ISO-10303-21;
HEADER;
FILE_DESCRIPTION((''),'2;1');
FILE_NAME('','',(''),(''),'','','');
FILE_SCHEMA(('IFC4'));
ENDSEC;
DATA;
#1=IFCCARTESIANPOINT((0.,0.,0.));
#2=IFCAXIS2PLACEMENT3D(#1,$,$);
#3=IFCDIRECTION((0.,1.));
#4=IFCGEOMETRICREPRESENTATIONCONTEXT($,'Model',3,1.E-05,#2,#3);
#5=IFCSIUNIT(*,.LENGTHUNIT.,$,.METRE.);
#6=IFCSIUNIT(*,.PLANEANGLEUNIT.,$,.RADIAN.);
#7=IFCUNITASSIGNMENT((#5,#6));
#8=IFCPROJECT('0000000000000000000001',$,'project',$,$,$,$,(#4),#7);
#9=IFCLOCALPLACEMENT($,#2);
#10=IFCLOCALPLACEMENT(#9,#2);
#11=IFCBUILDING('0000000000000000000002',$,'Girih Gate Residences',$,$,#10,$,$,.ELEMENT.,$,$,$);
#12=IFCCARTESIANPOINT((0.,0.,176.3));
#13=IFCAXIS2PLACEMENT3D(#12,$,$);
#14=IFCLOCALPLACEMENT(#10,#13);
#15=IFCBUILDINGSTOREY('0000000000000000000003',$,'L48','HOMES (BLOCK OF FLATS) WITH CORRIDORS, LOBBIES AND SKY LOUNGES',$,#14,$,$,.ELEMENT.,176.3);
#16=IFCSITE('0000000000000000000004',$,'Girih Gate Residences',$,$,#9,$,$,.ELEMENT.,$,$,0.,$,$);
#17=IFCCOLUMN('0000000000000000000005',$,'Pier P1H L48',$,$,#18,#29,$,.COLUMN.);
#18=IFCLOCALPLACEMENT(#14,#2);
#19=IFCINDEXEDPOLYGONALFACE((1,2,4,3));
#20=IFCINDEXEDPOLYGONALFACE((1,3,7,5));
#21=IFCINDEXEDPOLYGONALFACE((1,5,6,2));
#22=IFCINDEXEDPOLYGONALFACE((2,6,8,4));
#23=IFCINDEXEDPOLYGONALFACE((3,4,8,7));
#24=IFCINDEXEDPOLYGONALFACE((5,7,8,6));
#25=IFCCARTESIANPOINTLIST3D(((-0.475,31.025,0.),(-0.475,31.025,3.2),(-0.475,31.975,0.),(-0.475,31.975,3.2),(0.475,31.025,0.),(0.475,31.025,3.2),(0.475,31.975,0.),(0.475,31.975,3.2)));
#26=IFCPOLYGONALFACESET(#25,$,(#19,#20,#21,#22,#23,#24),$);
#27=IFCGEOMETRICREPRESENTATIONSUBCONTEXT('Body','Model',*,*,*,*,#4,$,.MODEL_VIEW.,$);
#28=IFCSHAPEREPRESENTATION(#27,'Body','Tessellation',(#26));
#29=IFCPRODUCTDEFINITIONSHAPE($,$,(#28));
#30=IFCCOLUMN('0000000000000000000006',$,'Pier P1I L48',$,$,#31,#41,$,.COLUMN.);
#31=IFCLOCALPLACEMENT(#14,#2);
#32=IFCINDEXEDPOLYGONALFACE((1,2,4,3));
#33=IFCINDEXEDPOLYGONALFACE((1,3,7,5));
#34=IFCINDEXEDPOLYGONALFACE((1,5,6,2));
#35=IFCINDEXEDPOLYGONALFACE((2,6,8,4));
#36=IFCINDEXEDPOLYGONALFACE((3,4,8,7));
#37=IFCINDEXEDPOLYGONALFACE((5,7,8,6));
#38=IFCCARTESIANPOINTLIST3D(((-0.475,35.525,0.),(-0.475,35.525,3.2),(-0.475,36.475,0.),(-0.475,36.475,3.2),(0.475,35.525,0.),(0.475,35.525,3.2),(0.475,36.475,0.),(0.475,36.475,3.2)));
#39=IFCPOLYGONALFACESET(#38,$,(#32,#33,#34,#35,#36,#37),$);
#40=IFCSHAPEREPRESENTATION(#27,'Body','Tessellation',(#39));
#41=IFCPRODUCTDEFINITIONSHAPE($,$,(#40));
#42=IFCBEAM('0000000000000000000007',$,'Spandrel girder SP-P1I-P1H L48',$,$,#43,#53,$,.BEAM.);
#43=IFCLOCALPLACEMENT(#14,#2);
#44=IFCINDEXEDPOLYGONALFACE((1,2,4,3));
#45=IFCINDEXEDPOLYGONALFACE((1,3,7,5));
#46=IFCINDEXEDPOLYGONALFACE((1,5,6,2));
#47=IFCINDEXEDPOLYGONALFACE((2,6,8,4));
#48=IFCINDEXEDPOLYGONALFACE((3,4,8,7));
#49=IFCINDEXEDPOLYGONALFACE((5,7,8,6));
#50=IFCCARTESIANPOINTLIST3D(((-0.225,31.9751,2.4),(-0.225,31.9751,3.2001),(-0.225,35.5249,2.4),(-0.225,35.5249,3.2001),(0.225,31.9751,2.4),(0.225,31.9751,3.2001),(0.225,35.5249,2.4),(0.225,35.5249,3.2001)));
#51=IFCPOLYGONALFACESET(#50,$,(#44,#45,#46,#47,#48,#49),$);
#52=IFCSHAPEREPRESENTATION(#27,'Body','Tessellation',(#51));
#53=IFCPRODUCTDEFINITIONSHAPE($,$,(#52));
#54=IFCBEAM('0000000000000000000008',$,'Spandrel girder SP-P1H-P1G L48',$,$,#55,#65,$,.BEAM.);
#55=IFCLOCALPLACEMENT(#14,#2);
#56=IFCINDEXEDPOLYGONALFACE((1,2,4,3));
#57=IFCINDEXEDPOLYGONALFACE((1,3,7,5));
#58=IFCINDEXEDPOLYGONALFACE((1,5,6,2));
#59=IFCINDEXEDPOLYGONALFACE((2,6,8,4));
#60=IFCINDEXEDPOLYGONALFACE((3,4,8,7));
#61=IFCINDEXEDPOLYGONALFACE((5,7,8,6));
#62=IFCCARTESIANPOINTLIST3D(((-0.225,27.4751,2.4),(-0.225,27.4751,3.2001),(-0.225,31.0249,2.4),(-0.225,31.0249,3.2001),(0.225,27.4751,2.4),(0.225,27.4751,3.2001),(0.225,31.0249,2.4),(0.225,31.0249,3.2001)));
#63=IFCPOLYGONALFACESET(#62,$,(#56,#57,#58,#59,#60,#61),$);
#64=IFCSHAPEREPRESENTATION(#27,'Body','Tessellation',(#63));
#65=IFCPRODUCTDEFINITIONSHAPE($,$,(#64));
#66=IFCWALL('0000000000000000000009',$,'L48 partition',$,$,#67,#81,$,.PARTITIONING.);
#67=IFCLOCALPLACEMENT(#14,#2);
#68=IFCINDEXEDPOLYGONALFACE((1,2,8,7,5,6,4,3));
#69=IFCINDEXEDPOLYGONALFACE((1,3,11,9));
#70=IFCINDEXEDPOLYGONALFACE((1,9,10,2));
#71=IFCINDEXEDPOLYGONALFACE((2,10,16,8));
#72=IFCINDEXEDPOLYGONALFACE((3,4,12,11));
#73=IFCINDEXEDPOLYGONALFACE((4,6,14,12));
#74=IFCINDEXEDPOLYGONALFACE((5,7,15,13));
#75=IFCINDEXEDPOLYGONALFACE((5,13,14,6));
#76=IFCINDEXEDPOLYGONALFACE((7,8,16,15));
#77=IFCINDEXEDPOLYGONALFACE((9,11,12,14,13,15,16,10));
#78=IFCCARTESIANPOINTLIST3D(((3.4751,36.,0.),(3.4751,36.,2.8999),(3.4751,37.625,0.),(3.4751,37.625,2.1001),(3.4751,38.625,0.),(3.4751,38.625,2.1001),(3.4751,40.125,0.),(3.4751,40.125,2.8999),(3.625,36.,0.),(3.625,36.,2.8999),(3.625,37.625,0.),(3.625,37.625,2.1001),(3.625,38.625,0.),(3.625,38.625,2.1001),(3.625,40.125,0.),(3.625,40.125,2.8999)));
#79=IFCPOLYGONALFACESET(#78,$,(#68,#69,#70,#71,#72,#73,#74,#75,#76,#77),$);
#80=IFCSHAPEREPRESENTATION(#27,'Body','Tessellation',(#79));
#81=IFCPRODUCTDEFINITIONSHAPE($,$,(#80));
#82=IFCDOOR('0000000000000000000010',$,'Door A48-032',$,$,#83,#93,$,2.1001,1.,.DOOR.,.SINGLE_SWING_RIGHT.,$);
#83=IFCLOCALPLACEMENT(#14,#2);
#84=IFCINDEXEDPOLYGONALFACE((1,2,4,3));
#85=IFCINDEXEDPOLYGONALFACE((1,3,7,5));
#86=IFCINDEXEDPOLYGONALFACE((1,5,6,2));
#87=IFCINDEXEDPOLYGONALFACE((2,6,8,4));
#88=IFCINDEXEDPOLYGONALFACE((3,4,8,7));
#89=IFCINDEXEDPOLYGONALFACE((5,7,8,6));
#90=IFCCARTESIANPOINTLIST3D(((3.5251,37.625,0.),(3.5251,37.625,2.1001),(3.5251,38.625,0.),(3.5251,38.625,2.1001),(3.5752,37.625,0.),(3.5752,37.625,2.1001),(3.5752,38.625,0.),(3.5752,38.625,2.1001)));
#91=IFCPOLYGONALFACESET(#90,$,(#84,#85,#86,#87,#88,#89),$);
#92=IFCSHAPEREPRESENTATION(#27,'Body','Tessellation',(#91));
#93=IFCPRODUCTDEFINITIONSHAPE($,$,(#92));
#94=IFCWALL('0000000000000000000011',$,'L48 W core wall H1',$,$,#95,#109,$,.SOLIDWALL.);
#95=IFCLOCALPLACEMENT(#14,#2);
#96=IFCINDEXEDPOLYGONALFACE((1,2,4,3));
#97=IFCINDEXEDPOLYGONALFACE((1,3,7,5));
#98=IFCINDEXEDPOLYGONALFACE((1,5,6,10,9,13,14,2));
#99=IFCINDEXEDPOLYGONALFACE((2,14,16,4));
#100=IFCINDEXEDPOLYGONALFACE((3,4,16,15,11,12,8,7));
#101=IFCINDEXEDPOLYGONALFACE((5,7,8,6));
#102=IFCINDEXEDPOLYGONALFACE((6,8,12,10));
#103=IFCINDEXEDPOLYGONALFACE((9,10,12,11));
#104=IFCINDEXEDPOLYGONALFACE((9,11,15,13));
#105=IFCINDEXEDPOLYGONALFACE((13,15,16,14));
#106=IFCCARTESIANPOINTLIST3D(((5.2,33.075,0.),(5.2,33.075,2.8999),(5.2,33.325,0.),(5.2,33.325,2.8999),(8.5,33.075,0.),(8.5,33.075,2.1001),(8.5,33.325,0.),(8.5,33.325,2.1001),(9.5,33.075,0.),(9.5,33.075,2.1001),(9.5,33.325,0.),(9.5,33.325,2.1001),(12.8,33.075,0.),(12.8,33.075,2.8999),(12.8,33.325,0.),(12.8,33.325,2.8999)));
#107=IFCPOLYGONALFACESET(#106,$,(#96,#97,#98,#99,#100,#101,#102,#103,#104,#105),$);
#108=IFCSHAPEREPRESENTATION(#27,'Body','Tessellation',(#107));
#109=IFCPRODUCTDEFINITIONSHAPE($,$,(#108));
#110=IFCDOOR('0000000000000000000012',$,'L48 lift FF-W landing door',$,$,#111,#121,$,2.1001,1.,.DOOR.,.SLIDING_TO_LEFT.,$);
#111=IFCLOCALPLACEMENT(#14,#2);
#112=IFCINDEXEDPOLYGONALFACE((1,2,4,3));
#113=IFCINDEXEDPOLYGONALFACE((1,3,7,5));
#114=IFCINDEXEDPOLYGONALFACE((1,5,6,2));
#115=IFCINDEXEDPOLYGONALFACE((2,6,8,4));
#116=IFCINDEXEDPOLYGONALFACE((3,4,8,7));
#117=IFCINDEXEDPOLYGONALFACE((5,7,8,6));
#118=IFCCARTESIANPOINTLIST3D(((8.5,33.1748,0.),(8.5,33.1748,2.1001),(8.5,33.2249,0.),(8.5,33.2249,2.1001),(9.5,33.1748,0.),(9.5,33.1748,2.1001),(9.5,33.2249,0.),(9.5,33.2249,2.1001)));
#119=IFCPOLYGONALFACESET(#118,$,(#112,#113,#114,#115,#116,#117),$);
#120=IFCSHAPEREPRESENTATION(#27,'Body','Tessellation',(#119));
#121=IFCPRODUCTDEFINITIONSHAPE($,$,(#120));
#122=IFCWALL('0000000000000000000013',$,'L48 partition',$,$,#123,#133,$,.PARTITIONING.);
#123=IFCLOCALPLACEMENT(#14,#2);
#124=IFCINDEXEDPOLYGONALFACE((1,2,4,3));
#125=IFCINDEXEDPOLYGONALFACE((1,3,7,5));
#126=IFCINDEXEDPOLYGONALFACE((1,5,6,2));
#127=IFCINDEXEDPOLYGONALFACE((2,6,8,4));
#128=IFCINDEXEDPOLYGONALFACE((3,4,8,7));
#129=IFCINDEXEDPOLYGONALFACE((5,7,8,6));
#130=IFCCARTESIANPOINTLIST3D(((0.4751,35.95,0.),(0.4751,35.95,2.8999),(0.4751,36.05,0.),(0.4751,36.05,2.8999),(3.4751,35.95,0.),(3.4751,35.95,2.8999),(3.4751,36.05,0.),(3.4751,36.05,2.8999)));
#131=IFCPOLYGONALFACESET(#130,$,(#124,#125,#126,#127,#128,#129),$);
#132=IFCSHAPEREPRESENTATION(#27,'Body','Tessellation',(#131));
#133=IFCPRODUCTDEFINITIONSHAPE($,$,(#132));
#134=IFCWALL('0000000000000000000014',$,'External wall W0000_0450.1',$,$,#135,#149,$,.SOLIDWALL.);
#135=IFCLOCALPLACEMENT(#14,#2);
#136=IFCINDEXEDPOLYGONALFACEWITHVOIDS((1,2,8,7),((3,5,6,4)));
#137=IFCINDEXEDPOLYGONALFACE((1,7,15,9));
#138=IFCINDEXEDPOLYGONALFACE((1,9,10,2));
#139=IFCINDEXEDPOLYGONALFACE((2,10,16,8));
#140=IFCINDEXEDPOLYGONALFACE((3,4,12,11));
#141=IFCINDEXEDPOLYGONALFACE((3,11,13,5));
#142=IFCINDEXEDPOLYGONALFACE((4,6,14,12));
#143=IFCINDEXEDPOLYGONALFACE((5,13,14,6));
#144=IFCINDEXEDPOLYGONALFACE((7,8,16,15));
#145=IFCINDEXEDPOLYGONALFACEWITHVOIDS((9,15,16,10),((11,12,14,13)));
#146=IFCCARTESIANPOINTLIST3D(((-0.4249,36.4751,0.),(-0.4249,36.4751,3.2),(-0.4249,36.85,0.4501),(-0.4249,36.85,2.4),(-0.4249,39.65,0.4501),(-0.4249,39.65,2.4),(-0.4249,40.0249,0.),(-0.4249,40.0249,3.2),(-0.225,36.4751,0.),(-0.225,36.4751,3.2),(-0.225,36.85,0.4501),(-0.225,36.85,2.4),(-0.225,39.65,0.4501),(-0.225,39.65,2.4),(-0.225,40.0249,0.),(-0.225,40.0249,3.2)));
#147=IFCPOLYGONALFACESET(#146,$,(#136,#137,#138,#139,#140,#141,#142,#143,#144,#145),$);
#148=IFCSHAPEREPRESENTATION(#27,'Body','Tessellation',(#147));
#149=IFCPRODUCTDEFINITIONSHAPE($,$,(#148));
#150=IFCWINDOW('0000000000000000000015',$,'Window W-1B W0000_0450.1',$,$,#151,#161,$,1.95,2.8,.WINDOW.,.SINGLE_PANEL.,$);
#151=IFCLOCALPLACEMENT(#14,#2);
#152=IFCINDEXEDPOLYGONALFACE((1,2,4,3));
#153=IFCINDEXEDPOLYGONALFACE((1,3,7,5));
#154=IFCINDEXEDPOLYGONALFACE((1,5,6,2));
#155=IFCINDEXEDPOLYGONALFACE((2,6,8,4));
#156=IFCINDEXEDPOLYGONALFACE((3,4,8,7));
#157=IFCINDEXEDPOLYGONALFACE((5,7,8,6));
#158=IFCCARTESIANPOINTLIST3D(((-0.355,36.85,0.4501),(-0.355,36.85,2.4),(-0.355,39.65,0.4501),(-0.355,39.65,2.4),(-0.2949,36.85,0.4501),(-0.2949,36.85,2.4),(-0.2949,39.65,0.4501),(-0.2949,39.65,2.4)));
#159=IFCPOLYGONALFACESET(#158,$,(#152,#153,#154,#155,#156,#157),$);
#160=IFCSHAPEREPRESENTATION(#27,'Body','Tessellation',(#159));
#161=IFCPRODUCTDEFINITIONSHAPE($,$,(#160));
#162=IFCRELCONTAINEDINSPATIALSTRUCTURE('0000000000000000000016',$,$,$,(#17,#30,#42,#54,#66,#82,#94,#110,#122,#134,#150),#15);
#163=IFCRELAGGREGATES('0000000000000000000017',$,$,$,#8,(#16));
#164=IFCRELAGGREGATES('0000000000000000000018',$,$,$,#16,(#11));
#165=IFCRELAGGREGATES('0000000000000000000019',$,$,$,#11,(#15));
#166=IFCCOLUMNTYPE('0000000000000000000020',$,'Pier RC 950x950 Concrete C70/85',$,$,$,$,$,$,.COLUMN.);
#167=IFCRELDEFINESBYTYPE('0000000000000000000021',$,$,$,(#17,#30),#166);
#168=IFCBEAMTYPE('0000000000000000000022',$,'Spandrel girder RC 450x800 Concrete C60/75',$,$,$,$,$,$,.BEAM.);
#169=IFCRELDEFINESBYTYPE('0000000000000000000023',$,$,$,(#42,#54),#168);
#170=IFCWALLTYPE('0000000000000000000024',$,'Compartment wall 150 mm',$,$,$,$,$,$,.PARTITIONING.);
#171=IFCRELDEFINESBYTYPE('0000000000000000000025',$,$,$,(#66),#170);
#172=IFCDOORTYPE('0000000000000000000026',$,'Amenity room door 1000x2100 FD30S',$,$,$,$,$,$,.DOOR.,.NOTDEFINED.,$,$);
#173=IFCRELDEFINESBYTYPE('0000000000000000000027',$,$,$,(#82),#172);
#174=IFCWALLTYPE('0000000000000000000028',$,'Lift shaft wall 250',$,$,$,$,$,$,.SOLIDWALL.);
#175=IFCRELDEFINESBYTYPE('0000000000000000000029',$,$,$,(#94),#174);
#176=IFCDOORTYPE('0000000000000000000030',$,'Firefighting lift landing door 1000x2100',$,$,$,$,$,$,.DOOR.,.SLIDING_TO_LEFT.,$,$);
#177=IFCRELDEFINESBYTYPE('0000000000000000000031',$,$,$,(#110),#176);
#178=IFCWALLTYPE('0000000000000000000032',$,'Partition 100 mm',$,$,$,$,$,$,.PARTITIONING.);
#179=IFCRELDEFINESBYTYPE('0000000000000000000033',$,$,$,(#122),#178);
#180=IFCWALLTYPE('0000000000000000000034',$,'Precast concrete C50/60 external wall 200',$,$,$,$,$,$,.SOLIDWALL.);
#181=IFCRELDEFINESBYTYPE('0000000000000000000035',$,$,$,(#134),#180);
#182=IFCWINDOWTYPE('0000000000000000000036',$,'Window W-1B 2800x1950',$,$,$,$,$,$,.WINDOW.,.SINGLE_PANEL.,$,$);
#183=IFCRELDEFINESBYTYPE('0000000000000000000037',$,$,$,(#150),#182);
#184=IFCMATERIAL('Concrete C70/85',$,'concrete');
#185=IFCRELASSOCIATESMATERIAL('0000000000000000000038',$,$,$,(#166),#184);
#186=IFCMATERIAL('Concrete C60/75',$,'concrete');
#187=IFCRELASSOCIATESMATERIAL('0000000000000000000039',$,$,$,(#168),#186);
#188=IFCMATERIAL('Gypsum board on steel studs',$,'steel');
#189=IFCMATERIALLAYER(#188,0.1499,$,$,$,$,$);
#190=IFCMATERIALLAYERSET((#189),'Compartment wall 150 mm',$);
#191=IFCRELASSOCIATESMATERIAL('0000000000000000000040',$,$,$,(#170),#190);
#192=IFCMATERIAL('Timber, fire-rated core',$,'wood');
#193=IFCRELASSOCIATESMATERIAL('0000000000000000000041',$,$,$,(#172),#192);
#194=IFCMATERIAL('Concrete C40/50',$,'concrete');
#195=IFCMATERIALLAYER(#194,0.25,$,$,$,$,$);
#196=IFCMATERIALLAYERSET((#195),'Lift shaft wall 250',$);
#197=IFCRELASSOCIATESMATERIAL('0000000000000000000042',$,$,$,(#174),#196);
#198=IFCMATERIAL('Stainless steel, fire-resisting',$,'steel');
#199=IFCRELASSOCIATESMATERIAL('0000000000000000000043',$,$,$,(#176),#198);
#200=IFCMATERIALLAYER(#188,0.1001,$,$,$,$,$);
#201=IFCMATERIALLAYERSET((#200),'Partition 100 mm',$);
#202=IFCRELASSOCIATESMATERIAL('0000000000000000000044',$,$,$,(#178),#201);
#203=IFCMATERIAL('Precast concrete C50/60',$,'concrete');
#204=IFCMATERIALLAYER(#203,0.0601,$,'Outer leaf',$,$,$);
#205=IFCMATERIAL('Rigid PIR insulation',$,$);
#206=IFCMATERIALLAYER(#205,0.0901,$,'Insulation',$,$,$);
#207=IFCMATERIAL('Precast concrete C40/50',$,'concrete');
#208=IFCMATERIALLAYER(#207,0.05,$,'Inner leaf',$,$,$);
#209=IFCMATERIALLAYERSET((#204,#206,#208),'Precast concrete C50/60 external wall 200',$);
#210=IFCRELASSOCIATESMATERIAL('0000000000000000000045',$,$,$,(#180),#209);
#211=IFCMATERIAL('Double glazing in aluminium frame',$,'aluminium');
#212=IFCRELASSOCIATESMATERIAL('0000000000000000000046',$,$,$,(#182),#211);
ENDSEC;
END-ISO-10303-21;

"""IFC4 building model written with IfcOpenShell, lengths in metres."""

from ifc_helpers import new_model, si_unit, direction, frame, frame_2d, origin, origin_2d, place, context, subcontext, project, spatial, rectangle, extrude, material, layer, layer_set, material_profile, profile_set, type_object, element, fill, save


model = new_model("IFC4")

# Units and contexts
model_context = context("Model", 3, precision=1e-05, world=origin(), true_north=direction((0.0, 1.0)))
body_context = subcontext(model_context, "Body", "Model", "MODEL_VIEW")
ifc_project = project(units=[si_unit("LENGTHUNIT", "METRE"), si_unit("PLANEANGLEUNIT", "RADIAN")], contexts=[model_context])

# Site, building, storey
site_placement = place(None, origin())
site = spatial("IfcSite", under=ifc_project, at=site_placement, Name="Girih Gate Residences", CompositionType="ELEMENT", RefElevation=0.0)
building_placement = place(site_placement, origin())
building = spatial("IfcBuilding", under=site, at=building_placement, Name="Girih Gate Residences", CompositionType="ELEMENT")
storey_placement = place(building_placement, frame((0.0, 0.0, 176.3)))
storey = spatial("IfcBuildingStorey", under=building, at=storey_placement, Name="L48", Description="HOMES (BLOCK OF FLATS) WITH CORRIDORS, LOBBIES AND SKY LOUNGES", CompositionType="ELEMENT", Elevation=176.3)

# Columns
ifc_material_1 = material(Name="Concrete C70/85", Category="concrete")
ifc_material_profile_1 = material_profile(ifc_material_1, rectangle(XDim=0.95, YDim=0.95, at=origin_2d()))
ifc_profile_set_1 = profile_set([ifc_material_profile_1], Name="Concrete C70/85")
column_type = type_object("IfcColumnType", Name="Pier RC 950x950 Concrete C70/85", PredefinedType="COLUMN", material=ifc_profile_set_1)
for number, where, z_axis, x_axis, name in (
    (1, (0.0, 31.5, 0.0), (0.0, 0.0, 1.0), (1.0, 0.0, 0.0), "Pier P1H L48"),
    (2, (0.0, 36.0, 0.0), (0.0, 0.0, 1.0), (1.0, 0.0, 0.0), "Pier P1I L48"),
):
    element("IfcColumn", number, at=place(storey_placement, frame(where, z_axis=z_axis, x_axis=x_axis)), inside=storey, type_object=column_type, Name=name, PredefinedType="COLUMN", context=body_context, shape_type="SweptSolid", body=[
        extrude(rectangle(XDim=0.95, YDim=0.95, at=origin_2d()), origin(), (0.0, 0.0, 1.0), 3.2),
    ])

# Beams
ifc_material_2 = material(Name="Concrete C60/75", Category="concrete")
ifc_material_profile_2 = material_profile(ifc_material_2, rectangle(XDim=0.45, YDim=0.8, at=origin_2d()))
ifc_profile_set_2 = profile_set([ifc_material_profile_2], Name="Concrete C60/75")
beam_type = type_object("IfcBeamType", Name="Spandrel girder RC 450x800 Concrete C60/75", PredefinedType="BEAM", material=ifc_profile_set_2)
for number, where, z_axis, x_axis, name in (
    (3, (0.0, 35.5249, 2.8), (0.0, -1.0, 0.0), (1.0, 0.0, 0.0), "Spandrel girder SP-P1I-P1H L48"),
    (4, (0.0, 31.0249, 2.8), (0.0, -1.0, 0.0), (1.0, 0.0, 0.0), "Spandrel girder SP-P1H-P1G L48"),
):
    element("IfcBeam", number, at=place(storey_placement, frame(where, z_axis=z_axis, x_axis=x_axis)), inside=storey, type_object=beam_type, Name=name, PredefinedType="BEAM", context=body_context, shape_type="SweptSolid", body=[
        extrude(rectangle(XDim=0.45, YDim=0.8, at=origin_2d()), origin(), (0.0, 0.0, 1.0), 3.5498),
    ])

# Walls, openings, doors
ifc_material_3 = material(Name="Gypsum board on steel studs", Category="steel")
ifc_layer_1 = layer(ifc_material_3, 0.1499)
ifc_layer_set_1 = layer_set([ifc_layer_1], Name="Compartment wall 150 mm")
wall_type_1 = type_object("IfcWallType", Name="Compartment wall 150 mm", PredefinedType="PARTITIONING", material=ifc_layer_set_1)
wall_1_placement = place(storey_placement, frame((3.55, 36.0, 0.0), z_axis=(0.0, 0.0, 1.0), x_axis=(0.0, 1.0, 0.0)))
wall_1 = element("IfcWall", 5, at=wall_1_placement, inside=storey, type_object=wall_type_1, Name="L48 partition", PredefinedType="PARTITIONING", context=body_context, shape_type="SweptSolid", body=[
    extrude(rectangle(XDim=4.125, YDim=0.1499, at=frame_2d((2.0625, 0.0))), origin(), (0.0, 0.0, 1.0), 2.8999),
])
opening_1_placement = place(wall_1_placement, frame((1.625, 0.0, 0.0)))
opening_1 = element("IfcOpeningElement", 6, at=opening_1_placement, cuts=wall_1, PredefinedType="OPENING", context=body_context, shape_type="SweptSolid", body=[
    extrude(rectangle(XDim=1.0, YDim=2.1001, at=frame_2d((0.5, 1.05))), frame((0.0, 0.085, 0.0), z_axis=(0.0, -1.0, 0.0), x_axis=(1.0, 0.0, 0.0)), (0.0, 0.0, 1.0), 0.1699),
])
ifc_material_4 = material(Name="Timber, fire-rated core", Category="wood")
door_type_1 = type_object("IfcDoorType", Name="Amenity room door 1000x2100 FD30S", OperationType="NOTDEFINED", PredefinedType="DOOR", material=ifc_material_4)
door_1_placement = place(opening_1_placement, origin())
door_1 = element("IfcDoor", 7, at=door_1_placement, inside=storey, type_object=door_type_1, Name="Door A48-032", OperationType="SINGLE_SWING_RIGHT", OverallHeight=2.1001, OverallWidth=1.0, PredefinedType="DOOR", context=body_context, shape_type="SweptSolid", body=[
    extrude(rectangle(XDim=1.0, YDim=2.1001, at=frame_2d((0.5, 1.05))), frame((0.0, 0.0249, 0.0), z_axis=(0.0, -1.0, 0.0), x_axis=(1.0, 0.0, 0.0)), (0.0, 0.0, 1.0), 0.05),
])
fill(opening_1, door_1)
ifc_material_5 = material(Name="Concrete C40/50", Category="concrete")
ifc_layer_2 = layer(ifc_material_5, 0.25)
ifc_layer_set_2 = layer_set([ifc_layer_2], Name="Lift shaft wall 250")
wall_type_2 = type_object("IfcWallType", Name="Lift shaft wall 250", PredefinedType="SOLIDWALL", material=ifc_layer_set_2)
wall_2_placement = place(storey_placement, frame((5.2, 33.2, 0.0), z_axis=(0.0, 0.0, 1.0), x_axis=(1.0, 0.0, 0.0)))
wall_2 = element("IfcWall", 8, at=wall_2_placement, inside=storey, type_object=wall_type_2, Name="L48 W core wall H1", PredefinedType="SOLIDWALL", context=body_context, shape_type="SweptSolid", body=[
    extrude(rectangle(XDim=7.6001, YDim=0.25, at=frame_2d((3.8, 0.0))), origin(), (0.0, 0.0, 1.0), 2.8999),
])
opening_2_placement = place(wall_2_placement, frame((3.3, 0.0, 0.0)))
opening_2 = element("IfcOpeningElement", 9, at=opening_2_placement, cuts=wall_2, PredefinedType="OPENING", context=body_context, shape_type="SweptSolid", body=[
    extrude(rectangle(XDim=1.0, YDim=2.1001, at=frame_2d((0.5, 1.05))), frame((0.0, 0.135, 0.0), z_axis=(0.0, -1.0, 0.0), x_axis=(1.0, 0.0, 0.0)), (0.0, 0.0, 1.0), 0.27),
])
ifc_material_6 = material(Name="Stainless steel, fire-resisting", Category="steel")
door_type_2 = type_object("IfcDoorType", Name="Firefighting lift landing door 1000x2100", OperationType="SLIDING_TO_LEFT", PredefinedType="DOOR", material=ifc_material_6)
door_2_placement = place(opening_2_placement, origin())
door_2 = element("IfcDoor", 10, at=door_2_placement, inside=storey, type_object=door_type_2, Name="L48 lift FF-W landing door", OperationType="SLIDING_TO_LEFT", OverallHeight=2.1001, OverallWidth=1.0, PredefinedType="DOOR", context=body_context, shape_type="SweptSolid", body=[
    extrude(rectangle(XDim=1.0, YDim=2.1001, at=frame_2d((0.5, 1.05))), frame((0.0, 0.0249, 0.0), z_axis=(0.0, -1.0, 0.0), x_axis=(1.0, 0.0, 0.0)), (0.0, 0.0, 1.0), 0.05),
])
fill(opening_2, door_2)

# Wall
ifc_layer_3 = layer(ifc_material_3, 0.1001)
ifc_layer_set_3 = layer_set([ifc_layer_3], Name="Partition 100 mm")
wall_type_3 = type_object("IfcWallType", Name="Partition 100 mm", PredefinedType="PARTITIONING", material=ifc_layer_set_3)
wall_3_placement = place(storey_placement, frame((0.4751, 36.0, 0.0), z_axis=(0.0, 0.0, 1.0), x_axis=(1.0, 0.0, 0.0)))
element("IfcWall", 11, at=wall_3_placement, inside=storey, type_object=wall_type_3, Name="L48 partition", PredefinedType="PARTITIONING", context=body_context, shape_type="SweptSolid", body=[
    extrude(rectangle(XDim=3.0, YDim=0.1001, at=frame_2d((1.5, 0.0))), origin(), (0.0, 0.0, 1.0), 2.8999),
])

# Wall, opening, window
ifc_material_7 = material(Name="Precast concrete C50/60", Category="concrete")
ifc_layer_4 = layer(ifc_material_7, 0.0601, Name="Outer leaf")
ifc_material_8 = material(Name="Rigid PIR insulation")
ifc_layer_5 = layer(ifc_material_8, 0.0901, Name="Insulation")
ifc_material_9 = material(Name="Precast concrete C40/50", Category="concrete")
ifc_layer_6 = layer(ifc_material_9, 0.05, Name="Inner leaf")
ifc_layer_set_4 = layer_set([ifc_layer_4, ifc_layer_5, ifc_layer_6], Name="Precast concrete C50/60 external wall 200")
wall_type_4 = type_object("IfcWallType", Name="Precast concrete C50/60 external wall 200", PredefinedType="SOLIDWALL", material=ifc_layer_set_4)
wall_4_placement = place(storey_placement, frame((-0.325, 36.4751, 0.0), z_axis=(0.0, 0.0, 1.0), x_axis=(0.0, 1.0, 0.0)))
wall_4 = element("IfcWall", 12, at=wall_4_placement, inside=storey, type_object=wall_type_4, Name="External wall W0000_0450.1", PredefinedType="SOLIDWALL", context=body_context, shape_type="SweptSolid", body=[
    extrude(rectangle(XDim=3.5498, YDim=0.2, at=frame_2d((1.7749, 0.0))), origin(), (0.0, 0.0, 1.0), 3.2),
])
opening_3_placement = place(wall_4_placement, frame((0.375, 0.0, 0.45)))
opening_3 = element("IfcOpeningElement", 13, at=opening_3_placement, cuts=wall_4, PredefinedType="OPENING", context=body_context, shape_type="SweptSolid", body=[
    extrude(rectangle(XDim=2.8, YDim=1.95, at=frame_2d((1.3999, 0.9751))), frame((0.0, 0.1099, 0.0), z_axis=(0.0, -1.0, 0.0), x_axis=(1.0, 0.0, 0.0)), (0.0, 0.0, 1.0), 0.22),
])
ifc_material_10 = material(Name="Double glazing in aluminium frame", Category="aluminium")
window_type = type_object("IfcWindowType", Name="Window W-1B 2800x1950", PartitioningType="SINGLE_PANEL", PredefinedType="WINDOW", material=ifc_material_10)
window_1_placement = place(opening_3_placement, origin())
window_1 = element("IfcWindow", 14, at=window_1_placement, inside=storey, type_object=window_type, Name="Window W-1B W0000_0450.1", OverallHeight=1.95, OverallWidth=2.8, PartitioningType="SINGLE_PANEL", PredefinedType="WINDOW", context=body_context, shape_type="SweptSolid", body=[
    extrude(rectangle(XDim=2.8, YDim=1.95, at=frame_2d((1.3999, 0.9751))), frame((0.0, 0.03, 0.0), z_axis=(0.0, -1.0, 0.0), x_axis=(1.0, 0.0, 0.0)), (0.0, 0.0, 1.0), 0.0601),
])
fill(opening_3, window_1)

save(model, "model.ifc")
